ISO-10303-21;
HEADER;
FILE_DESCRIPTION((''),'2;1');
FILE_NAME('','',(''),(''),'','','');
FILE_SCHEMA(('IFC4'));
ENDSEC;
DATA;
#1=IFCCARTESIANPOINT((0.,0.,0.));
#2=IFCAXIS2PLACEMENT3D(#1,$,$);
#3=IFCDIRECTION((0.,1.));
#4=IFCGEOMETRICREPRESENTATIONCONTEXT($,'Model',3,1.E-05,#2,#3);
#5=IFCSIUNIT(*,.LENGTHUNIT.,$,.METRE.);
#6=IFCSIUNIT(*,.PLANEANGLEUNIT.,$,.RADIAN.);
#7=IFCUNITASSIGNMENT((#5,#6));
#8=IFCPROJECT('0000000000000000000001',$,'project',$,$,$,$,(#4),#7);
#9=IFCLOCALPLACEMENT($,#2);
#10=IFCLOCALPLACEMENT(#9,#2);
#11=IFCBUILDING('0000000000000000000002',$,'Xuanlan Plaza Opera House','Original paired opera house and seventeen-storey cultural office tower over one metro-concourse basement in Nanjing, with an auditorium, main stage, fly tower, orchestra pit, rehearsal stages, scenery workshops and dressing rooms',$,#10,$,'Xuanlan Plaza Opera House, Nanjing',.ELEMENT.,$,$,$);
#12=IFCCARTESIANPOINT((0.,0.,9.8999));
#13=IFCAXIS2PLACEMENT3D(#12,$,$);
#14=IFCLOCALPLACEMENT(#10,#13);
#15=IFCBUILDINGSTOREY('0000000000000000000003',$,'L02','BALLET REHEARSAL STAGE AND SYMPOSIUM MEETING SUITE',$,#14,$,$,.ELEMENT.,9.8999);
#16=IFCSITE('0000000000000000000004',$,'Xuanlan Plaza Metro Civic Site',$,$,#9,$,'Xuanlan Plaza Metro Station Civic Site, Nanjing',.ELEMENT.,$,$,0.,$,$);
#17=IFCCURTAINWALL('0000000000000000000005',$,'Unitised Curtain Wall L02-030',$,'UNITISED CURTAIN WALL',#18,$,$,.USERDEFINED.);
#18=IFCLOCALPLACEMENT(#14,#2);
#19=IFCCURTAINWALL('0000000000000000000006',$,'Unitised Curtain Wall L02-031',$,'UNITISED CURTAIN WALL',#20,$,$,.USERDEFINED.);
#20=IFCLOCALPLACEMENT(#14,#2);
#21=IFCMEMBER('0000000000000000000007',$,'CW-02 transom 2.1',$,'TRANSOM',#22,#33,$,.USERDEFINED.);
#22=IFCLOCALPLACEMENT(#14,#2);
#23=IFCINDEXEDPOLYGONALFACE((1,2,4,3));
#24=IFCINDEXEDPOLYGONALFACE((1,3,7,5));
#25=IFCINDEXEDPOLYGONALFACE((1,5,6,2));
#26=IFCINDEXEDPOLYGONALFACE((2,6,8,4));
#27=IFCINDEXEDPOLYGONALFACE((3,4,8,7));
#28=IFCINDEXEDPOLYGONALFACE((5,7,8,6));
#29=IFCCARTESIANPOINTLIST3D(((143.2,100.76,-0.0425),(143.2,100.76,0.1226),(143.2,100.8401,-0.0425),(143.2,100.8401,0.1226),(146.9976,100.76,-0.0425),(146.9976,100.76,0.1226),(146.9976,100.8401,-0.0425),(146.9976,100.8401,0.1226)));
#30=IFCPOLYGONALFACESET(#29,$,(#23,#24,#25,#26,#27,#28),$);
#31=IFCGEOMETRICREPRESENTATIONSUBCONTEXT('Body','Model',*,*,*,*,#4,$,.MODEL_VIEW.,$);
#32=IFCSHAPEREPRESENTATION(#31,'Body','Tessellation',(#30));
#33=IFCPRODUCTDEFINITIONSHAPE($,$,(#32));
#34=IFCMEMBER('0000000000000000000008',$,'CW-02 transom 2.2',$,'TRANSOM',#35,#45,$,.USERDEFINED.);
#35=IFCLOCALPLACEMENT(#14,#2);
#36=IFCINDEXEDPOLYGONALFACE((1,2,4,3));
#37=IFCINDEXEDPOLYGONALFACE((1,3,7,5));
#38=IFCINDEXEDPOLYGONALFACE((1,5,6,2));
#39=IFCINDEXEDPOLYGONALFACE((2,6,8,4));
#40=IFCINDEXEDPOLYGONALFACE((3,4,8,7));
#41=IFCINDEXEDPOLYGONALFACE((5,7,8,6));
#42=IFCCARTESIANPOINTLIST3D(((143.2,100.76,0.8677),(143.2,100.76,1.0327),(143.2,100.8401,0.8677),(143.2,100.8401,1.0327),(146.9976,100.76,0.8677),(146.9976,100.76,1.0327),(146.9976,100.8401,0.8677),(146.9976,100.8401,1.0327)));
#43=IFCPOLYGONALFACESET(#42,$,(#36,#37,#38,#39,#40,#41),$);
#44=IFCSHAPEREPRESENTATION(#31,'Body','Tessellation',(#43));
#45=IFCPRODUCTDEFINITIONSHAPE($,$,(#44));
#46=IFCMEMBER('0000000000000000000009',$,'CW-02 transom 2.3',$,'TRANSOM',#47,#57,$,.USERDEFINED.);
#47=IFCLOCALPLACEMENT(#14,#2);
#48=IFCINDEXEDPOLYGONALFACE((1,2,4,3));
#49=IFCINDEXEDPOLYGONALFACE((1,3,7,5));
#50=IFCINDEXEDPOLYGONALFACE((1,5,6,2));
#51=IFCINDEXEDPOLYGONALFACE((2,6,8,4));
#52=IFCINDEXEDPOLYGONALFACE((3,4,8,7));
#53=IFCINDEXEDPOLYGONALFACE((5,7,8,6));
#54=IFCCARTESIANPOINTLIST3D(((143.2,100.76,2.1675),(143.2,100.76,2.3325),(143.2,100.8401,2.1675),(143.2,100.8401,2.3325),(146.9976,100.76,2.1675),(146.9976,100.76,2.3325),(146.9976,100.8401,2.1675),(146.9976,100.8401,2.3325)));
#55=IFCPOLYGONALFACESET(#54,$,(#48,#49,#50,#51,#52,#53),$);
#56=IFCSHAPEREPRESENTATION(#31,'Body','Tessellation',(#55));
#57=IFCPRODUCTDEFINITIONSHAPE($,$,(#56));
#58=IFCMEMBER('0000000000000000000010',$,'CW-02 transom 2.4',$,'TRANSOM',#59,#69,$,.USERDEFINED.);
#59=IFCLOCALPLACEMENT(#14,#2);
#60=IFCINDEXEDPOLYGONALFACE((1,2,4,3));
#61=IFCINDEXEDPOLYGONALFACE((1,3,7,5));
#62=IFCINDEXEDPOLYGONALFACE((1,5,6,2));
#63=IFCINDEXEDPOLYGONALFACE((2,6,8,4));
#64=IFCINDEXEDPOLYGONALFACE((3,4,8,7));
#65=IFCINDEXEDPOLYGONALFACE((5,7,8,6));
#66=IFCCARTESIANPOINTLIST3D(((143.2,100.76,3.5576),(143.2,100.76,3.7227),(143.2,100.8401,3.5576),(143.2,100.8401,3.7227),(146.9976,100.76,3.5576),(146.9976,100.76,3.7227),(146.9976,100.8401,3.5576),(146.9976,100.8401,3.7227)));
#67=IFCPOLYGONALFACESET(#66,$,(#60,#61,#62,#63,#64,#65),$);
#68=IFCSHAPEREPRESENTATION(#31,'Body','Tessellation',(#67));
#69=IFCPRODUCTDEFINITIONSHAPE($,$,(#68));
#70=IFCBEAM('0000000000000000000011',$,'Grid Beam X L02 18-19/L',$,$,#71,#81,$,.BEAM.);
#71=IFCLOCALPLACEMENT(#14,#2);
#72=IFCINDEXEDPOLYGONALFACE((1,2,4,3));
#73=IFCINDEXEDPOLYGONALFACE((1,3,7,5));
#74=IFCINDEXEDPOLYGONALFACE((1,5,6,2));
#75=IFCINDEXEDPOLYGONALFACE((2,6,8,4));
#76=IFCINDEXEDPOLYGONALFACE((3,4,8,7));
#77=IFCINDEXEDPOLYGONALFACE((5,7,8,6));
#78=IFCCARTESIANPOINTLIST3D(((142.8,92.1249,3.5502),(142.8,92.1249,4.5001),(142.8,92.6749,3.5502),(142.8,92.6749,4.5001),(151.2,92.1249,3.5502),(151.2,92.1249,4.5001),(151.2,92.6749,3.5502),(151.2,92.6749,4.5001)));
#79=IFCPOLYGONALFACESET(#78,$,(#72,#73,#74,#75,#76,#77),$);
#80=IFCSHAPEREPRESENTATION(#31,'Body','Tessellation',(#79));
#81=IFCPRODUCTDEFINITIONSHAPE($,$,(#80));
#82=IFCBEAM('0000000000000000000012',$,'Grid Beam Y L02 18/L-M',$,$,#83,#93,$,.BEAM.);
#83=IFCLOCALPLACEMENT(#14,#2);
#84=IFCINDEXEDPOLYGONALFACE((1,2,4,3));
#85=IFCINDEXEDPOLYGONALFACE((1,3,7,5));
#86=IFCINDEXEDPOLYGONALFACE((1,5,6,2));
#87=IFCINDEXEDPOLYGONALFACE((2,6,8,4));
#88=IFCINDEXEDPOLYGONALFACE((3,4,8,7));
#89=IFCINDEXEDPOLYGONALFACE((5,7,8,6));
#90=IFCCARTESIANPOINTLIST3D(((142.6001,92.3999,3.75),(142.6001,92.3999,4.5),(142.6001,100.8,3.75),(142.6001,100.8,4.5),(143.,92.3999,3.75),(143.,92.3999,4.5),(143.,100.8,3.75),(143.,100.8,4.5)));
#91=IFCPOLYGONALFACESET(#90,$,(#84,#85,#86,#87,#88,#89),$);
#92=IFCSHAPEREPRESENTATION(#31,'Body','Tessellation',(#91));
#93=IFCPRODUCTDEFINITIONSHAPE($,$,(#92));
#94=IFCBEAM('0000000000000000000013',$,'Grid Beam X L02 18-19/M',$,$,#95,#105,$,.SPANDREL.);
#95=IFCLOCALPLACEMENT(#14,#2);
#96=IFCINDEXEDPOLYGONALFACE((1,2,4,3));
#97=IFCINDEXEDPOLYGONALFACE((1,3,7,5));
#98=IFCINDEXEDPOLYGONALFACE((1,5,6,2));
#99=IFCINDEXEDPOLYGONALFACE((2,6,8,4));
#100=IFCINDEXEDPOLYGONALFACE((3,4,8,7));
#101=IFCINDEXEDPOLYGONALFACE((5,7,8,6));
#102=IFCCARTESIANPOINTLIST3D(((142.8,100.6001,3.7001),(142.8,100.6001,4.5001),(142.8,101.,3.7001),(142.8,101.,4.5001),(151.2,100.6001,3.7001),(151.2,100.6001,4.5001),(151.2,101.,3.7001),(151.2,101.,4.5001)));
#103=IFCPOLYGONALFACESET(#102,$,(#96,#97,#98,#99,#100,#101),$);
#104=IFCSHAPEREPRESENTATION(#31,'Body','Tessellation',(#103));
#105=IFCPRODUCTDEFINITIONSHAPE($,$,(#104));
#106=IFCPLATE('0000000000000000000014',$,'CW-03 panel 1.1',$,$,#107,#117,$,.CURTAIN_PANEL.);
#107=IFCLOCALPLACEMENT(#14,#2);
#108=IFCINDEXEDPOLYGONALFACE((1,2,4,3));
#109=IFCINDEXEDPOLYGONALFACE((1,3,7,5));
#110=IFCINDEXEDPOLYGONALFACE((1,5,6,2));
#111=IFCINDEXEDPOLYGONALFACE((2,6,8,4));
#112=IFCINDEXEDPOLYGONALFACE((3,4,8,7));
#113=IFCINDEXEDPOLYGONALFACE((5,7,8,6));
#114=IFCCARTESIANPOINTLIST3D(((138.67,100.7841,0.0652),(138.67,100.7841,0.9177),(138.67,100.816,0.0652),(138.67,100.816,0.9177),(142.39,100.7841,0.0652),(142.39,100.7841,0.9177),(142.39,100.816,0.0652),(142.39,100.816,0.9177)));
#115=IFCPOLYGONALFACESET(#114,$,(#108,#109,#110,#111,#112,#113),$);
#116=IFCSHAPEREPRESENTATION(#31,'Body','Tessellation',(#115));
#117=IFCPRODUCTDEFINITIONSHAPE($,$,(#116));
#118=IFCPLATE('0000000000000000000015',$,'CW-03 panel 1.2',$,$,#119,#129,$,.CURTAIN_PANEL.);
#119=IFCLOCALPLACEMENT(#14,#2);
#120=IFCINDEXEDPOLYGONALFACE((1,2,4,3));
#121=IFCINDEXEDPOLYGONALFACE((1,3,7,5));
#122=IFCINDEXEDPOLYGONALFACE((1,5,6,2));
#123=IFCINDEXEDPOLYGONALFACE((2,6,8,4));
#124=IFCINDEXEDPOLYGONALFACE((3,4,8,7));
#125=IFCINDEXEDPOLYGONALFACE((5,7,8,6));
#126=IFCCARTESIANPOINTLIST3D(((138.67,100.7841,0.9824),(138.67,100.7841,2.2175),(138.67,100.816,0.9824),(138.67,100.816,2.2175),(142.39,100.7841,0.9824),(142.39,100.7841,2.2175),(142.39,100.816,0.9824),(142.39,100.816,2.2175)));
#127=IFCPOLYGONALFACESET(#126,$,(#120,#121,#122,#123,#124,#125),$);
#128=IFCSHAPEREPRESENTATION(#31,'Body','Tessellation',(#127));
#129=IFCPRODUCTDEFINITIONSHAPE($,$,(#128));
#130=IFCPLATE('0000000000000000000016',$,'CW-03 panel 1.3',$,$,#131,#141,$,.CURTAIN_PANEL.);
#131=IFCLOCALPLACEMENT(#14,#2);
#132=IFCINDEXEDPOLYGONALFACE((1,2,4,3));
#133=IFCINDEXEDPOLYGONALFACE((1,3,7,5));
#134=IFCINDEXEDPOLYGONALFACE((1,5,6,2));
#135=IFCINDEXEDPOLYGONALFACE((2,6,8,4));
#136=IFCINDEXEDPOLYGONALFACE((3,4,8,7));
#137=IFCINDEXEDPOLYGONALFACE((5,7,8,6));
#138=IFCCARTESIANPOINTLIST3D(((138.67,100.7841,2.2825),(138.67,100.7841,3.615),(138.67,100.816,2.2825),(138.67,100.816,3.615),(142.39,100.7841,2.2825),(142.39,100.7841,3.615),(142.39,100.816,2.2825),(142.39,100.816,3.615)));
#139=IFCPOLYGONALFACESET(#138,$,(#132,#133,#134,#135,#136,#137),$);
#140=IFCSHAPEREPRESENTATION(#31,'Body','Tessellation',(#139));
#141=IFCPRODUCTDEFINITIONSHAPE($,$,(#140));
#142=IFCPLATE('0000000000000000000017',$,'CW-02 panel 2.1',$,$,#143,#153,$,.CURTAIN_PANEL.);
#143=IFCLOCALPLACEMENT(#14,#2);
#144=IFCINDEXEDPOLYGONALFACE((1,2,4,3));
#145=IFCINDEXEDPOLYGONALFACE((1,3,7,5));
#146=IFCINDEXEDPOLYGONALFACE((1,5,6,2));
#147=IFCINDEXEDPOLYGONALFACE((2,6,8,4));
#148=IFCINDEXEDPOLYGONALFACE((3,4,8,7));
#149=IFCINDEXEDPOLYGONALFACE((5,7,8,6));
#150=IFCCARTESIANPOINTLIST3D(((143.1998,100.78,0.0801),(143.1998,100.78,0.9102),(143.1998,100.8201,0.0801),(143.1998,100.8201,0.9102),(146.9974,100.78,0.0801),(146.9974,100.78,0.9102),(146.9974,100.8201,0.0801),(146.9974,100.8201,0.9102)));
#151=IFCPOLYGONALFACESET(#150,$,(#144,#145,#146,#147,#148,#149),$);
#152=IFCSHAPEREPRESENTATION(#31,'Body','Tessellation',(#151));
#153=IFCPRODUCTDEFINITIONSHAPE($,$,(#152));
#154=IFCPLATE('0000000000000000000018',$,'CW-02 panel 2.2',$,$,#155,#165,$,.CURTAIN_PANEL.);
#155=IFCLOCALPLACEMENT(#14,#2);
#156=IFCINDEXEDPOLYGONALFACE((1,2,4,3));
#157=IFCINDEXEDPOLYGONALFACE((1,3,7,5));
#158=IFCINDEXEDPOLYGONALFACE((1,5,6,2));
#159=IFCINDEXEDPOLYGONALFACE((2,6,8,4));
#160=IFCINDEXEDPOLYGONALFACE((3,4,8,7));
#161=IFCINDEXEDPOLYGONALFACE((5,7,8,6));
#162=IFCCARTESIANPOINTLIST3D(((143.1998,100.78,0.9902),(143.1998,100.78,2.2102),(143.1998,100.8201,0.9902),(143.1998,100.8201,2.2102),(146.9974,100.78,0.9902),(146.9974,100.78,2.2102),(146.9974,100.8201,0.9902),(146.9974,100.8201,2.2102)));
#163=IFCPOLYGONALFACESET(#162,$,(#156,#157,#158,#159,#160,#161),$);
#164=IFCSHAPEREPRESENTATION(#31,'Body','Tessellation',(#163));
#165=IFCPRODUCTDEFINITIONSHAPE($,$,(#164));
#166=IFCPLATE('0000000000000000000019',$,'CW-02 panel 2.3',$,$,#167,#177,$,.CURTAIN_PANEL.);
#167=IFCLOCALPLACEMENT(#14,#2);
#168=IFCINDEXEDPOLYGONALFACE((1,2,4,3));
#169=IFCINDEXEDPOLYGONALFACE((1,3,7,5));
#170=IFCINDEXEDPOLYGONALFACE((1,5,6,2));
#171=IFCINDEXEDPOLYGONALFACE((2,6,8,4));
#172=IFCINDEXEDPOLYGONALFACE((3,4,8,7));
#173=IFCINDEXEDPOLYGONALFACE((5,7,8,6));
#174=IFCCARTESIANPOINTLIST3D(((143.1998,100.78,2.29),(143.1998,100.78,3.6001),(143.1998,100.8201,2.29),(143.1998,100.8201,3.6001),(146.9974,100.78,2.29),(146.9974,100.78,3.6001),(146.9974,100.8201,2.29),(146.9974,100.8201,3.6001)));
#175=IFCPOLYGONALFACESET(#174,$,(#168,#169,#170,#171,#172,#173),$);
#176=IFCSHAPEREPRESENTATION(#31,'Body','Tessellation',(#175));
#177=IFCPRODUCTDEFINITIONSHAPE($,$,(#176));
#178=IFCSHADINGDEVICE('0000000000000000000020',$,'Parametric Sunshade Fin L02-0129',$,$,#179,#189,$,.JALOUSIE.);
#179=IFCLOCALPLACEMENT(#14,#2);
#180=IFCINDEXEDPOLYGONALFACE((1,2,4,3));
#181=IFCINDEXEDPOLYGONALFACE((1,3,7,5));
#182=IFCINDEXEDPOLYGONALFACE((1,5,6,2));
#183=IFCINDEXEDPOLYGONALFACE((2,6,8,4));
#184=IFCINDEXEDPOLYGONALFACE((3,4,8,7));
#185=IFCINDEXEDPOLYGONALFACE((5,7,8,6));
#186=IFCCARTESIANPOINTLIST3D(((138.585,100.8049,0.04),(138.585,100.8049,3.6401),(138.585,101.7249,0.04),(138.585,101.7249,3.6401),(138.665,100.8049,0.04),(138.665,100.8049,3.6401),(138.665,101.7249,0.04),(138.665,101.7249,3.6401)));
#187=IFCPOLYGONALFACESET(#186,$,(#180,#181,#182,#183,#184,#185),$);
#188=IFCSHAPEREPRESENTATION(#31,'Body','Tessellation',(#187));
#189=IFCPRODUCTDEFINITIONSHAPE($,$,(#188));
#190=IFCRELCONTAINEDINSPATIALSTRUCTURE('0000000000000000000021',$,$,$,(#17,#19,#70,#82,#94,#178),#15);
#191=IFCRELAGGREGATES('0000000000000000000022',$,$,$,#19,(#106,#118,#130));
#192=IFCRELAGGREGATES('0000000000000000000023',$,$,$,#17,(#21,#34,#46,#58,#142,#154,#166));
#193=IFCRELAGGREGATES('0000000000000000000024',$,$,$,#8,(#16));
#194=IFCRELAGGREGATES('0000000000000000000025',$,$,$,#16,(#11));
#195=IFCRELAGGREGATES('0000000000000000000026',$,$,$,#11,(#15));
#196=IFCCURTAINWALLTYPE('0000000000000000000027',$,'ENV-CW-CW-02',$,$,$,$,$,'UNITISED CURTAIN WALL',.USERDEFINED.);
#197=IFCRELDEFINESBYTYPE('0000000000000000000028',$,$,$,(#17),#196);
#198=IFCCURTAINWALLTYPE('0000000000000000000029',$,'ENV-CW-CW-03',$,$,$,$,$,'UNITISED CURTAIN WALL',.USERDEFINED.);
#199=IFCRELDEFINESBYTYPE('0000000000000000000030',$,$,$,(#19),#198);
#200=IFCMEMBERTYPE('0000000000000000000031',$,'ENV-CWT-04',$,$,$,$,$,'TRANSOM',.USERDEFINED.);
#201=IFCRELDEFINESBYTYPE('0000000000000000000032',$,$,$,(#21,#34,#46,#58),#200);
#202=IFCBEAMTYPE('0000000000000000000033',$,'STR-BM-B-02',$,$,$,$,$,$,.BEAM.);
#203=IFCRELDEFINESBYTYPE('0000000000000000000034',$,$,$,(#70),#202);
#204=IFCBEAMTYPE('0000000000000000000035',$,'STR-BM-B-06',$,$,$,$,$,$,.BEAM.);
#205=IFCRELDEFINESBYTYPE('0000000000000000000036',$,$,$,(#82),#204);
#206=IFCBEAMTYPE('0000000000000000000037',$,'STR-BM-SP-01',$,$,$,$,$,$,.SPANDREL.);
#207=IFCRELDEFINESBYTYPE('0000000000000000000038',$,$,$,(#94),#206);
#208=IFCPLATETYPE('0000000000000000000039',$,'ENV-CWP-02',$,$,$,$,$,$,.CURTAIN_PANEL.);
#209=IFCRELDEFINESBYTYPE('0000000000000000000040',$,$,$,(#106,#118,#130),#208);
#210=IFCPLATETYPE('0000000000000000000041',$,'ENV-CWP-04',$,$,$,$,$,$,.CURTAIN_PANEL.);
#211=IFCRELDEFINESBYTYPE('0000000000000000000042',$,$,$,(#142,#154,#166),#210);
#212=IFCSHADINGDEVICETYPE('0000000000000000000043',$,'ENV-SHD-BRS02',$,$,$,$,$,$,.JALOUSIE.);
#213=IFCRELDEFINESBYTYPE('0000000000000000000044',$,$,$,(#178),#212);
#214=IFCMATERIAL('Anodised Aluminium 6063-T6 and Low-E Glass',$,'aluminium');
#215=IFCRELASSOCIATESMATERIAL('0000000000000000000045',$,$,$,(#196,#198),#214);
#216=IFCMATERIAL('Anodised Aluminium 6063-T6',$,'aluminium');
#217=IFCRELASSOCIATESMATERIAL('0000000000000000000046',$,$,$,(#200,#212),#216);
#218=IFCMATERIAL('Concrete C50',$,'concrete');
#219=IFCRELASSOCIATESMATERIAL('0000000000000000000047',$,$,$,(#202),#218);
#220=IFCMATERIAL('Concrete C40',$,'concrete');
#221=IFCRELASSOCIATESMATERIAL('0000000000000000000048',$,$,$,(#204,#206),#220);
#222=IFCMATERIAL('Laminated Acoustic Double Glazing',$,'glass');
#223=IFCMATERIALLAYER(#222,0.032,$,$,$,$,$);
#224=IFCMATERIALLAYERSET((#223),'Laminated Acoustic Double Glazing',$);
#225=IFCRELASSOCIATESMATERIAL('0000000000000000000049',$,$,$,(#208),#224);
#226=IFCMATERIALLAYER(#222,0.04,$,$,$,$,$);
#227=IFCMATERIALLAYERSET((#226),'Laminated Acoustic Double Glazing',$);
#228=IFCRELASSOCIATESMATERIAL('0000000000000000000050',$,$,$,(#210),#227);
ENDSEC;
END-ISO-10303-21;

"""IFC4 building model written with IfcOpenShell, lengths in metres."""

from ifc_helpers import new_model, si_unit, direction, frame, origin, origin_2d, place, context, subcontext, project, spatial, rectangle, extrude, material, layer, layer_set, material_profile, profile_set, type_object, element, aggregate, save


model = new_model("IFC4")

# Units and contexts
model_context = context("Model", 3, precision=1e-05, world=origin(), true_north=direction((0.0, 1.0)))
body_context = subcontext(model_context, "Body", "Model", "MODEL_VIEW")
ifc_project = project(units=[si_unit("LENGTHUNIT", "METRE"), si_unit("PLANEANGLEUNIT", "RADIAN")], contexts=[model_context])

# Site, building, storey
site_placement = place(None, origin())
site = spatial("IfcSite", under=ifc_project, at=site_placement, Name="Xuanlan Plaza Metro Civic Site", LongName="Xuanlan Plaza Metro Station Civic Site, Nanjing", CompositionType="ELEMENT", RefElevation=0.0)
building_placement = place(site_placement, origin())
building = spatial("IfcBuilding", under=site, at=building_placement, Name="Xuanlan Plaza Opera House", Description="Original paired opera house and seventeen-storey cultural office tower over one metro-concourse basement in Nanjing, with an auditorium, main stage, fly tower, orchestra pit, rehearsal stages, scenery workshops and dressing rooms", LongName="Xuanlan Plaza Opera House, Nanjing", CompositionType="ELEMENT")
storey_placement = place(building_placement, frame((0.0, 0.0, 9.8999)))
storey = spatial("IfcBuildingStorey", under=building, at=storey_placement, Name="L02", Description="BALLET REHEARSAL STAGE AND SYMPOSIUM MEETING SUITE", CompositionType="ELEMENT", Elevation=9.8999)

# Shared definitions
ifc_material_1 = material(Name="Concrete C40", Category="concrete")

# Curtain walls
ifc_material_2 = material(Name="Anodised Aluminium 6063-T6 and Low-E Glass", Category="aluminium")
curtain_wall_type_1 = type_object("IfcCurtainWallType", Name="ENV-CW-CW-02", ElementType="UNITISED CURTAIN WALL", PredefinedType="USERDEFINED", material=ifc_material_2)
curtain_wall_1_placement = place(storey_placement, origin())
curtain_wall_1 = element("IfcCurtainWall", 1, at=curtain_wall_1_placement, inside=storey, type_object=curtain_wall_type_1, Name="Unitised Curtain Wall L02-030", ObjectType="UNITISED CURTAIN WALL", PredefinedType="USERDEFINED")
ifc_material_3 = material(Name="Anodised Aluminium 6063-T6", Category="aluminium")
curtain_wall_type_2 = type_object("IfcCurtainWallType", Name="ENV-CW-CW-03", ElementType="UNITISED CURTAIN WALL", PredefinedType="USERDEFINED", material=ifc_material_2)
curtain_wall_2_placement = place(storey_placement, origin())
curtain_wall_2 = element("IfcCurtainWall", 2, at=curtain_wall_2_placement, inside=storey, type_object=curtain_wall_type_2, Name="Unitised Curtain Wall L02-031", ObjectType="UNITISED CURTAIN WALL", PredefinedType="USERDEFINED")

# Members
ifc_material_profile_1 = material_profile(ifc_material_3, rectangle(XDim=0.0801, YDim=0.165, at=origin_2d()), Name="ALU-T 80x165")
ifc_profile_set_1 = profile_set([ifc_material_profile_1], Name="Anodised Aluminium 6063-T6")
member_type_1 = type_object("IfcMemberType", Name="ENV-CWT-04", ElementType="TRANSOM", PredefinedType="USERDEFINED", material=ifc_profile_set_1)
member_1_placement = place(storey_placement, frame((146.9976, 100.8, 0.04), z_axis=(-1.0, 0.0, 0.0), x_axis=(0.0, -1.0, 0.0)))
member_1 = element("IfcMember", 3, at=member_1_placement, type_object=member_type_1, Name="CW-02 transom 2.1", ObjectType="TRANSOM", PredefinedType="USERDEFINED", context=body_context, shape_type="SweptSolid", body=[
    extrude(rectangle(XDim=0.0801, YDim=0.165, at=origin_2d()), origin(), (0.0, 0.0, 1.0), 3.7976),
])
member_2_placement = place(storey_placement, frame((146.9976, 100.8, 0.9502), z_axis=(-1.0, 0.0, 0.0), x_axis=(0.0, -1.0, 0.0)))
member_2 = element("IfcMember", 4, at=member_2_placement, type_object=member_type_1, Name="CW-02 transom 2.2", ObjectType="TRANSOM", PredefinedType="USERDEFINED", context=body_context, shape_type="SweptSolid", body=[
    extrude(rectangle(XDim=0.0801, YDim=0.165, at=origin_2d()), origin(), (0.0, 0.0, 1.0), 3.7976),
])
member_3_placement = place(storey_placement, frame((146.9976, 100.8, 2.25), z_axis=(-1.0, 0.0, 0.0), x_axis=(0.0, -1.0, 0.0)))
member_3 = element("IfcMember", 5, at=member_3_placement, type_object=member_type_1, Name="CW-02 transom 2.3", ObjectType="TRANSOM", PredefinedType="USERDEFINED", context=body_context, shape_type="SweptSolid", body=[
    extrude(rectangle(XDim=0.0801, YDim=0.165, at=origin_2d()), origin(), (0.0, 0.0, 1.0), 3.7976),
])
member_4_placement = place(storey_placement, frame((146.9976, 100.8, 3.6401), z_axis=(-1.0, 0.0, 0.0), x_axis=(0.0, -1.0, 0.0)))
member_4 = element("IfcMember", 6, at=member_4_placement, type_object=member_type_1, Name="CW-02 transom 2.4", ObjectType="TRANSOM", PredefinedType="USERDEFINED", context=body_context, shape_type="SweptSolid", body=[
    extrude(rectangle(XDim=0.0801, YDim=0.165, at=origin_2d()), origin(), (0.0, 0.0, 1.0), 3.7976),
])

# Beams
ifc_material_4 = material(Name="Concrete C50", Category="concrete")
ifc_material_profile_2 = material_profile(ifc_material_4, rectangle(XDim=0.55, YDim=0.95, at=origin_2d()), Name="RC-BM 550x950")
ifc_profile_set_2 = profile_set([ifc_material_profile_2], Name="Concrete C50")
beam_type_1 = type_object("IfcBeamType", Name="STR-BM-B-02", PredefinedType="BEAM", material=ifc_profile_set_2)
beam_1_placement = place(storey_placement, frame((142.8, 92.3999, 4.0251), z_axis=(1.0, 0.0, 0.0), x_axis=(0.0, 1.0, 0.0)))
element("IfcBeam", 7, at=beam_1_placement, inside=storey, type_object=beam_type_1, Name="Grid Beam X L02 18-19/L", PredefinedType="BEAM", context=body_context, shape_type="SweptSolid", body=[
    extrude(rectangle(XDim=0.55, YDim=0.95, at=origin_2d()), origin(), (0.0, 0.0, 1.0), 8.3999),
])
ifc_material_profile_3 = material_profile(ifc_material_1, rectangle(XDim=0.3999, YDim=0.75, at=origin_2d()), Name="RC-BM 400x750")
ifc_profile_set_3 = profile_set([ifc_material_profile_3], Name="Concrete C40")
beam_type_2 = type_object("IfcBeamType", Name="STR-BM-B-06", PredefinedType="BEAM", material=ifc_profile_set_3)
beam_2_placement = place(storey_placement, frame((142.8, 92.3999, 4.125), z_axis=(0.0, 1.0, 0.0), x_axis=(-1.0, 0.0, 0.0)))
element("IfcBeam", 8, at=beam_2_placement, inside=storey, type_object=beam_type_2, Name="Grid Beam Y L02 18/L-M", PredefinedType="BEAM", context=body_context, shape_type="SweptSolid", body=[
    extrude(rectangle(XDim=0.3999, YDim=0.75, at=origin_2d()), origin(), (0.0, 0.0, 1.0), 8.4001),
])
ifc_material_profile_4 = material_profile(ifc_material_1, rectangle(XDim=0.3999, YDim=0.8, at=origin_2d()), Name="RC-SPD 400x800")
ifc_profile_set_4 = profile_set([ifc_material_profile_4], Name="Concrete C40")
beam_type_3 = type_object("IfcBeamType", Name="STR-BM-SP-01", PredefinedType="SPANDREL", material=ifc_profile_set_4)
beam_3_placement = place(storey_placement, frame((142.8, 100.8, 4.1001), z_axis=(1.0, 0.0, 0.0), x_axis=(0.0, 1.0, 0.0)))
element("IfcBeam", 9, at=beam_3_placement, inside=storey, type_object=beam_type_3, Name="Grid Beam X L02 18-19/M", PredefinedType="SPANDREL", context=body_context, shape_type="SweptSolid", body=[
    extrude(rectangle(XDim=0.3999, YDim=0.8, at=origin_2d()), origin(), (0.0, 0.0, 1.0), 8.3999),
])

# Plates
ifc_material_5 = material(Name="Laminated Acoustic Double Glazing", Category="glass")
ifc_layer_1 = layer(ifc_material_5, 0.032)
ifc_layer_set_1 = layer_set([ifc_layer_1], Name="Laminated Acoustic Double Glazing")
plate_type_1 = type_object("IfcPlateType", Name="ENV-CWP-02", PredefinedType="CURTAIN_PANEL", material=ifc_layer_set_1)
plate_1_placement = place(storey_placement, frame((140.53, 100.8, 0.0652), z_axis=(0.0, 0.0, 1.0), x_axis=(-1.0, 0.0, 0.0)))
plate_1 = element("IfcPlate", 10, at=plate_1_placement, type_object=plate_type_1, Name="CW-03 panel 1.1", PredefinedType="CURTAIN_PANEL", context=body_context, shape_type="SweptSolid", body=[
    extrude(rectangle(XDim=3.72, YDim=0.032, at=origin_2d()), origin(), (0.0, 0.0, 1.0), 0.8525),
])
plate_2_placement = place(storey_placement, frame((140.53, 100.8, 0.9824), z_axis=(0.0, 0.0, 1.0), x_axis=(-1.0, 0.0, 0.0)))
plate_2 = element("IfcPlate", 11, at=plate_2_placement, type_object=plate_type_1, Name="CW-03 panel 1.2", PredefinedType="CURTAIN_PANEL", context=body_context, shape_type="SweptSolid", body=[
    extrude(rectangle(XDim=3.72, YDim=0.032, at=origin_2d()), origin(), (0.0, 0.0, 1.0), 1.2351),
])
plate_3_placement = place(storey_placement, frame((140.53, 100.8, 2.2825), z_axis=(0.0, 0.0, 1.0), x_axis=(-1.0, 0.0, 0.0)))
plate_3 = element("IfcPlate", 12, at=plate_3_placement, type_object=plate_type_1, Name="CW-03 panel 1.3", PredefinedType="CURTAIN_PANEL", context=body_context, shape_type="SweptSolid", body=[
    extrude(rectangle(XDim=3.72, YDim=0.032, at=origin_2d()), origin(), (0.0, 0.0, 1.0), 1.3325),
])
aggregate(curtain_wall_2, [plate_1, plate_2, plate_3])
ifc_layer_2 = layer(ifc_material_5, 0.04)
ifc_layer_set_2 = layer_set([ifc_layer_2], Name="Laminated Acoustic Double Glazing")
plate_type_2 = type_object("IfcPlateType", Name="ENV-CWP-04", PredefinedType="CURTAIN_PANEL", material=ifc_layer_set_2)
plate_4_placement = place(storey_placement, frame((145.0986, 100.8, 0.0801), z_axis=(0.0, 0.0, 1.0), x_axis=(-1.0, 0.0, 0.0)))
plate_4 = element("IfcPlate", 13, at=plate_4_placement, type_object=plate_type_2, Name="CW-02 panel 2.1", PredefinedType="CURTAIN_PANEL", context=body_context, shape_type="SweptSolid", body=[
    extrude(rectangle(XDim=3.7976, YDim=0.04, at=origin_2d()), origin(), (0.0, 0.0, 1.0), 0.8301),
])
plate_5_placement = place(storey_placement, frame((145.0986, 100.8, 0.9902), z_axis=(0.0, 0.0, 1.0), x_axis=(-1.0, 0.0, 0.0)))
plate_5 = element("IfcPlate", 14, at=plate_5_placement, type_object=plate_type_2, Name="CW-02 panel 2.2", PredefinedType="CURTAIN_PANEL", context=body_context, shape_type="SweptSolid", body=[
    extrude(rectangle(XDim=3.7976, YDim=0.04, at=origin_2d()), origin(), (0.0, 0.0, 1.0), 1.22),
])
plate_6_placement = place(storey_placement, frame((145.0986, 100.8, 2.29), z_axis=(0.0, 0.0, 1.0), x_axis=(-1.0, 0.0, 0.0)))
plate_6 = element("IfcPlate", 15, at=plate_6_placement, type_object=plate_type_2, Name="CW-02 panel 2.3", PredefinedType="CURTAIN_PANEL", context=body_context, shape_type="SweptSolid", body=[
    extrude(rectangle(XDim=3.7976, YDim=0.04, at=origin_2d()), origin(), (0.0, 0.0, 1.0), 1.3101),
])
aggregate(curtain_wall_1, [member_1, member_2, member_3, member_4, plate_4, plate_5, plate_6])

# Shading device
shading_device_type = type_object("IfcShadingDeviceType", Name="ENV-SHD-BRS02", PredefinedType="JALOUSIE", material=ifc_material_3)
shading_device_placement = place(storey_placement, frame((138.625, 101.2649, 0.04), z_axis=(0.0, 0.0, 1.0), x_axis=(0.0, 1.0, 0.0)))
element("IfcShadingDevice", 16, at=shading_device_placement, inside=storey, type_object=shading_device_type, Name="Parametric Sunshade Fin L02-0129", PredefinedType="JALOUSIE", context=body_context, shape_type="SweptSolid", body=[
    extrude(rectangle(XDim=0.9199, YDim=0.0801, at=origin_2d()), origin(), (0.0, 0.0, 1.0), 3.6001),
])

save(model, "model.ifc")
